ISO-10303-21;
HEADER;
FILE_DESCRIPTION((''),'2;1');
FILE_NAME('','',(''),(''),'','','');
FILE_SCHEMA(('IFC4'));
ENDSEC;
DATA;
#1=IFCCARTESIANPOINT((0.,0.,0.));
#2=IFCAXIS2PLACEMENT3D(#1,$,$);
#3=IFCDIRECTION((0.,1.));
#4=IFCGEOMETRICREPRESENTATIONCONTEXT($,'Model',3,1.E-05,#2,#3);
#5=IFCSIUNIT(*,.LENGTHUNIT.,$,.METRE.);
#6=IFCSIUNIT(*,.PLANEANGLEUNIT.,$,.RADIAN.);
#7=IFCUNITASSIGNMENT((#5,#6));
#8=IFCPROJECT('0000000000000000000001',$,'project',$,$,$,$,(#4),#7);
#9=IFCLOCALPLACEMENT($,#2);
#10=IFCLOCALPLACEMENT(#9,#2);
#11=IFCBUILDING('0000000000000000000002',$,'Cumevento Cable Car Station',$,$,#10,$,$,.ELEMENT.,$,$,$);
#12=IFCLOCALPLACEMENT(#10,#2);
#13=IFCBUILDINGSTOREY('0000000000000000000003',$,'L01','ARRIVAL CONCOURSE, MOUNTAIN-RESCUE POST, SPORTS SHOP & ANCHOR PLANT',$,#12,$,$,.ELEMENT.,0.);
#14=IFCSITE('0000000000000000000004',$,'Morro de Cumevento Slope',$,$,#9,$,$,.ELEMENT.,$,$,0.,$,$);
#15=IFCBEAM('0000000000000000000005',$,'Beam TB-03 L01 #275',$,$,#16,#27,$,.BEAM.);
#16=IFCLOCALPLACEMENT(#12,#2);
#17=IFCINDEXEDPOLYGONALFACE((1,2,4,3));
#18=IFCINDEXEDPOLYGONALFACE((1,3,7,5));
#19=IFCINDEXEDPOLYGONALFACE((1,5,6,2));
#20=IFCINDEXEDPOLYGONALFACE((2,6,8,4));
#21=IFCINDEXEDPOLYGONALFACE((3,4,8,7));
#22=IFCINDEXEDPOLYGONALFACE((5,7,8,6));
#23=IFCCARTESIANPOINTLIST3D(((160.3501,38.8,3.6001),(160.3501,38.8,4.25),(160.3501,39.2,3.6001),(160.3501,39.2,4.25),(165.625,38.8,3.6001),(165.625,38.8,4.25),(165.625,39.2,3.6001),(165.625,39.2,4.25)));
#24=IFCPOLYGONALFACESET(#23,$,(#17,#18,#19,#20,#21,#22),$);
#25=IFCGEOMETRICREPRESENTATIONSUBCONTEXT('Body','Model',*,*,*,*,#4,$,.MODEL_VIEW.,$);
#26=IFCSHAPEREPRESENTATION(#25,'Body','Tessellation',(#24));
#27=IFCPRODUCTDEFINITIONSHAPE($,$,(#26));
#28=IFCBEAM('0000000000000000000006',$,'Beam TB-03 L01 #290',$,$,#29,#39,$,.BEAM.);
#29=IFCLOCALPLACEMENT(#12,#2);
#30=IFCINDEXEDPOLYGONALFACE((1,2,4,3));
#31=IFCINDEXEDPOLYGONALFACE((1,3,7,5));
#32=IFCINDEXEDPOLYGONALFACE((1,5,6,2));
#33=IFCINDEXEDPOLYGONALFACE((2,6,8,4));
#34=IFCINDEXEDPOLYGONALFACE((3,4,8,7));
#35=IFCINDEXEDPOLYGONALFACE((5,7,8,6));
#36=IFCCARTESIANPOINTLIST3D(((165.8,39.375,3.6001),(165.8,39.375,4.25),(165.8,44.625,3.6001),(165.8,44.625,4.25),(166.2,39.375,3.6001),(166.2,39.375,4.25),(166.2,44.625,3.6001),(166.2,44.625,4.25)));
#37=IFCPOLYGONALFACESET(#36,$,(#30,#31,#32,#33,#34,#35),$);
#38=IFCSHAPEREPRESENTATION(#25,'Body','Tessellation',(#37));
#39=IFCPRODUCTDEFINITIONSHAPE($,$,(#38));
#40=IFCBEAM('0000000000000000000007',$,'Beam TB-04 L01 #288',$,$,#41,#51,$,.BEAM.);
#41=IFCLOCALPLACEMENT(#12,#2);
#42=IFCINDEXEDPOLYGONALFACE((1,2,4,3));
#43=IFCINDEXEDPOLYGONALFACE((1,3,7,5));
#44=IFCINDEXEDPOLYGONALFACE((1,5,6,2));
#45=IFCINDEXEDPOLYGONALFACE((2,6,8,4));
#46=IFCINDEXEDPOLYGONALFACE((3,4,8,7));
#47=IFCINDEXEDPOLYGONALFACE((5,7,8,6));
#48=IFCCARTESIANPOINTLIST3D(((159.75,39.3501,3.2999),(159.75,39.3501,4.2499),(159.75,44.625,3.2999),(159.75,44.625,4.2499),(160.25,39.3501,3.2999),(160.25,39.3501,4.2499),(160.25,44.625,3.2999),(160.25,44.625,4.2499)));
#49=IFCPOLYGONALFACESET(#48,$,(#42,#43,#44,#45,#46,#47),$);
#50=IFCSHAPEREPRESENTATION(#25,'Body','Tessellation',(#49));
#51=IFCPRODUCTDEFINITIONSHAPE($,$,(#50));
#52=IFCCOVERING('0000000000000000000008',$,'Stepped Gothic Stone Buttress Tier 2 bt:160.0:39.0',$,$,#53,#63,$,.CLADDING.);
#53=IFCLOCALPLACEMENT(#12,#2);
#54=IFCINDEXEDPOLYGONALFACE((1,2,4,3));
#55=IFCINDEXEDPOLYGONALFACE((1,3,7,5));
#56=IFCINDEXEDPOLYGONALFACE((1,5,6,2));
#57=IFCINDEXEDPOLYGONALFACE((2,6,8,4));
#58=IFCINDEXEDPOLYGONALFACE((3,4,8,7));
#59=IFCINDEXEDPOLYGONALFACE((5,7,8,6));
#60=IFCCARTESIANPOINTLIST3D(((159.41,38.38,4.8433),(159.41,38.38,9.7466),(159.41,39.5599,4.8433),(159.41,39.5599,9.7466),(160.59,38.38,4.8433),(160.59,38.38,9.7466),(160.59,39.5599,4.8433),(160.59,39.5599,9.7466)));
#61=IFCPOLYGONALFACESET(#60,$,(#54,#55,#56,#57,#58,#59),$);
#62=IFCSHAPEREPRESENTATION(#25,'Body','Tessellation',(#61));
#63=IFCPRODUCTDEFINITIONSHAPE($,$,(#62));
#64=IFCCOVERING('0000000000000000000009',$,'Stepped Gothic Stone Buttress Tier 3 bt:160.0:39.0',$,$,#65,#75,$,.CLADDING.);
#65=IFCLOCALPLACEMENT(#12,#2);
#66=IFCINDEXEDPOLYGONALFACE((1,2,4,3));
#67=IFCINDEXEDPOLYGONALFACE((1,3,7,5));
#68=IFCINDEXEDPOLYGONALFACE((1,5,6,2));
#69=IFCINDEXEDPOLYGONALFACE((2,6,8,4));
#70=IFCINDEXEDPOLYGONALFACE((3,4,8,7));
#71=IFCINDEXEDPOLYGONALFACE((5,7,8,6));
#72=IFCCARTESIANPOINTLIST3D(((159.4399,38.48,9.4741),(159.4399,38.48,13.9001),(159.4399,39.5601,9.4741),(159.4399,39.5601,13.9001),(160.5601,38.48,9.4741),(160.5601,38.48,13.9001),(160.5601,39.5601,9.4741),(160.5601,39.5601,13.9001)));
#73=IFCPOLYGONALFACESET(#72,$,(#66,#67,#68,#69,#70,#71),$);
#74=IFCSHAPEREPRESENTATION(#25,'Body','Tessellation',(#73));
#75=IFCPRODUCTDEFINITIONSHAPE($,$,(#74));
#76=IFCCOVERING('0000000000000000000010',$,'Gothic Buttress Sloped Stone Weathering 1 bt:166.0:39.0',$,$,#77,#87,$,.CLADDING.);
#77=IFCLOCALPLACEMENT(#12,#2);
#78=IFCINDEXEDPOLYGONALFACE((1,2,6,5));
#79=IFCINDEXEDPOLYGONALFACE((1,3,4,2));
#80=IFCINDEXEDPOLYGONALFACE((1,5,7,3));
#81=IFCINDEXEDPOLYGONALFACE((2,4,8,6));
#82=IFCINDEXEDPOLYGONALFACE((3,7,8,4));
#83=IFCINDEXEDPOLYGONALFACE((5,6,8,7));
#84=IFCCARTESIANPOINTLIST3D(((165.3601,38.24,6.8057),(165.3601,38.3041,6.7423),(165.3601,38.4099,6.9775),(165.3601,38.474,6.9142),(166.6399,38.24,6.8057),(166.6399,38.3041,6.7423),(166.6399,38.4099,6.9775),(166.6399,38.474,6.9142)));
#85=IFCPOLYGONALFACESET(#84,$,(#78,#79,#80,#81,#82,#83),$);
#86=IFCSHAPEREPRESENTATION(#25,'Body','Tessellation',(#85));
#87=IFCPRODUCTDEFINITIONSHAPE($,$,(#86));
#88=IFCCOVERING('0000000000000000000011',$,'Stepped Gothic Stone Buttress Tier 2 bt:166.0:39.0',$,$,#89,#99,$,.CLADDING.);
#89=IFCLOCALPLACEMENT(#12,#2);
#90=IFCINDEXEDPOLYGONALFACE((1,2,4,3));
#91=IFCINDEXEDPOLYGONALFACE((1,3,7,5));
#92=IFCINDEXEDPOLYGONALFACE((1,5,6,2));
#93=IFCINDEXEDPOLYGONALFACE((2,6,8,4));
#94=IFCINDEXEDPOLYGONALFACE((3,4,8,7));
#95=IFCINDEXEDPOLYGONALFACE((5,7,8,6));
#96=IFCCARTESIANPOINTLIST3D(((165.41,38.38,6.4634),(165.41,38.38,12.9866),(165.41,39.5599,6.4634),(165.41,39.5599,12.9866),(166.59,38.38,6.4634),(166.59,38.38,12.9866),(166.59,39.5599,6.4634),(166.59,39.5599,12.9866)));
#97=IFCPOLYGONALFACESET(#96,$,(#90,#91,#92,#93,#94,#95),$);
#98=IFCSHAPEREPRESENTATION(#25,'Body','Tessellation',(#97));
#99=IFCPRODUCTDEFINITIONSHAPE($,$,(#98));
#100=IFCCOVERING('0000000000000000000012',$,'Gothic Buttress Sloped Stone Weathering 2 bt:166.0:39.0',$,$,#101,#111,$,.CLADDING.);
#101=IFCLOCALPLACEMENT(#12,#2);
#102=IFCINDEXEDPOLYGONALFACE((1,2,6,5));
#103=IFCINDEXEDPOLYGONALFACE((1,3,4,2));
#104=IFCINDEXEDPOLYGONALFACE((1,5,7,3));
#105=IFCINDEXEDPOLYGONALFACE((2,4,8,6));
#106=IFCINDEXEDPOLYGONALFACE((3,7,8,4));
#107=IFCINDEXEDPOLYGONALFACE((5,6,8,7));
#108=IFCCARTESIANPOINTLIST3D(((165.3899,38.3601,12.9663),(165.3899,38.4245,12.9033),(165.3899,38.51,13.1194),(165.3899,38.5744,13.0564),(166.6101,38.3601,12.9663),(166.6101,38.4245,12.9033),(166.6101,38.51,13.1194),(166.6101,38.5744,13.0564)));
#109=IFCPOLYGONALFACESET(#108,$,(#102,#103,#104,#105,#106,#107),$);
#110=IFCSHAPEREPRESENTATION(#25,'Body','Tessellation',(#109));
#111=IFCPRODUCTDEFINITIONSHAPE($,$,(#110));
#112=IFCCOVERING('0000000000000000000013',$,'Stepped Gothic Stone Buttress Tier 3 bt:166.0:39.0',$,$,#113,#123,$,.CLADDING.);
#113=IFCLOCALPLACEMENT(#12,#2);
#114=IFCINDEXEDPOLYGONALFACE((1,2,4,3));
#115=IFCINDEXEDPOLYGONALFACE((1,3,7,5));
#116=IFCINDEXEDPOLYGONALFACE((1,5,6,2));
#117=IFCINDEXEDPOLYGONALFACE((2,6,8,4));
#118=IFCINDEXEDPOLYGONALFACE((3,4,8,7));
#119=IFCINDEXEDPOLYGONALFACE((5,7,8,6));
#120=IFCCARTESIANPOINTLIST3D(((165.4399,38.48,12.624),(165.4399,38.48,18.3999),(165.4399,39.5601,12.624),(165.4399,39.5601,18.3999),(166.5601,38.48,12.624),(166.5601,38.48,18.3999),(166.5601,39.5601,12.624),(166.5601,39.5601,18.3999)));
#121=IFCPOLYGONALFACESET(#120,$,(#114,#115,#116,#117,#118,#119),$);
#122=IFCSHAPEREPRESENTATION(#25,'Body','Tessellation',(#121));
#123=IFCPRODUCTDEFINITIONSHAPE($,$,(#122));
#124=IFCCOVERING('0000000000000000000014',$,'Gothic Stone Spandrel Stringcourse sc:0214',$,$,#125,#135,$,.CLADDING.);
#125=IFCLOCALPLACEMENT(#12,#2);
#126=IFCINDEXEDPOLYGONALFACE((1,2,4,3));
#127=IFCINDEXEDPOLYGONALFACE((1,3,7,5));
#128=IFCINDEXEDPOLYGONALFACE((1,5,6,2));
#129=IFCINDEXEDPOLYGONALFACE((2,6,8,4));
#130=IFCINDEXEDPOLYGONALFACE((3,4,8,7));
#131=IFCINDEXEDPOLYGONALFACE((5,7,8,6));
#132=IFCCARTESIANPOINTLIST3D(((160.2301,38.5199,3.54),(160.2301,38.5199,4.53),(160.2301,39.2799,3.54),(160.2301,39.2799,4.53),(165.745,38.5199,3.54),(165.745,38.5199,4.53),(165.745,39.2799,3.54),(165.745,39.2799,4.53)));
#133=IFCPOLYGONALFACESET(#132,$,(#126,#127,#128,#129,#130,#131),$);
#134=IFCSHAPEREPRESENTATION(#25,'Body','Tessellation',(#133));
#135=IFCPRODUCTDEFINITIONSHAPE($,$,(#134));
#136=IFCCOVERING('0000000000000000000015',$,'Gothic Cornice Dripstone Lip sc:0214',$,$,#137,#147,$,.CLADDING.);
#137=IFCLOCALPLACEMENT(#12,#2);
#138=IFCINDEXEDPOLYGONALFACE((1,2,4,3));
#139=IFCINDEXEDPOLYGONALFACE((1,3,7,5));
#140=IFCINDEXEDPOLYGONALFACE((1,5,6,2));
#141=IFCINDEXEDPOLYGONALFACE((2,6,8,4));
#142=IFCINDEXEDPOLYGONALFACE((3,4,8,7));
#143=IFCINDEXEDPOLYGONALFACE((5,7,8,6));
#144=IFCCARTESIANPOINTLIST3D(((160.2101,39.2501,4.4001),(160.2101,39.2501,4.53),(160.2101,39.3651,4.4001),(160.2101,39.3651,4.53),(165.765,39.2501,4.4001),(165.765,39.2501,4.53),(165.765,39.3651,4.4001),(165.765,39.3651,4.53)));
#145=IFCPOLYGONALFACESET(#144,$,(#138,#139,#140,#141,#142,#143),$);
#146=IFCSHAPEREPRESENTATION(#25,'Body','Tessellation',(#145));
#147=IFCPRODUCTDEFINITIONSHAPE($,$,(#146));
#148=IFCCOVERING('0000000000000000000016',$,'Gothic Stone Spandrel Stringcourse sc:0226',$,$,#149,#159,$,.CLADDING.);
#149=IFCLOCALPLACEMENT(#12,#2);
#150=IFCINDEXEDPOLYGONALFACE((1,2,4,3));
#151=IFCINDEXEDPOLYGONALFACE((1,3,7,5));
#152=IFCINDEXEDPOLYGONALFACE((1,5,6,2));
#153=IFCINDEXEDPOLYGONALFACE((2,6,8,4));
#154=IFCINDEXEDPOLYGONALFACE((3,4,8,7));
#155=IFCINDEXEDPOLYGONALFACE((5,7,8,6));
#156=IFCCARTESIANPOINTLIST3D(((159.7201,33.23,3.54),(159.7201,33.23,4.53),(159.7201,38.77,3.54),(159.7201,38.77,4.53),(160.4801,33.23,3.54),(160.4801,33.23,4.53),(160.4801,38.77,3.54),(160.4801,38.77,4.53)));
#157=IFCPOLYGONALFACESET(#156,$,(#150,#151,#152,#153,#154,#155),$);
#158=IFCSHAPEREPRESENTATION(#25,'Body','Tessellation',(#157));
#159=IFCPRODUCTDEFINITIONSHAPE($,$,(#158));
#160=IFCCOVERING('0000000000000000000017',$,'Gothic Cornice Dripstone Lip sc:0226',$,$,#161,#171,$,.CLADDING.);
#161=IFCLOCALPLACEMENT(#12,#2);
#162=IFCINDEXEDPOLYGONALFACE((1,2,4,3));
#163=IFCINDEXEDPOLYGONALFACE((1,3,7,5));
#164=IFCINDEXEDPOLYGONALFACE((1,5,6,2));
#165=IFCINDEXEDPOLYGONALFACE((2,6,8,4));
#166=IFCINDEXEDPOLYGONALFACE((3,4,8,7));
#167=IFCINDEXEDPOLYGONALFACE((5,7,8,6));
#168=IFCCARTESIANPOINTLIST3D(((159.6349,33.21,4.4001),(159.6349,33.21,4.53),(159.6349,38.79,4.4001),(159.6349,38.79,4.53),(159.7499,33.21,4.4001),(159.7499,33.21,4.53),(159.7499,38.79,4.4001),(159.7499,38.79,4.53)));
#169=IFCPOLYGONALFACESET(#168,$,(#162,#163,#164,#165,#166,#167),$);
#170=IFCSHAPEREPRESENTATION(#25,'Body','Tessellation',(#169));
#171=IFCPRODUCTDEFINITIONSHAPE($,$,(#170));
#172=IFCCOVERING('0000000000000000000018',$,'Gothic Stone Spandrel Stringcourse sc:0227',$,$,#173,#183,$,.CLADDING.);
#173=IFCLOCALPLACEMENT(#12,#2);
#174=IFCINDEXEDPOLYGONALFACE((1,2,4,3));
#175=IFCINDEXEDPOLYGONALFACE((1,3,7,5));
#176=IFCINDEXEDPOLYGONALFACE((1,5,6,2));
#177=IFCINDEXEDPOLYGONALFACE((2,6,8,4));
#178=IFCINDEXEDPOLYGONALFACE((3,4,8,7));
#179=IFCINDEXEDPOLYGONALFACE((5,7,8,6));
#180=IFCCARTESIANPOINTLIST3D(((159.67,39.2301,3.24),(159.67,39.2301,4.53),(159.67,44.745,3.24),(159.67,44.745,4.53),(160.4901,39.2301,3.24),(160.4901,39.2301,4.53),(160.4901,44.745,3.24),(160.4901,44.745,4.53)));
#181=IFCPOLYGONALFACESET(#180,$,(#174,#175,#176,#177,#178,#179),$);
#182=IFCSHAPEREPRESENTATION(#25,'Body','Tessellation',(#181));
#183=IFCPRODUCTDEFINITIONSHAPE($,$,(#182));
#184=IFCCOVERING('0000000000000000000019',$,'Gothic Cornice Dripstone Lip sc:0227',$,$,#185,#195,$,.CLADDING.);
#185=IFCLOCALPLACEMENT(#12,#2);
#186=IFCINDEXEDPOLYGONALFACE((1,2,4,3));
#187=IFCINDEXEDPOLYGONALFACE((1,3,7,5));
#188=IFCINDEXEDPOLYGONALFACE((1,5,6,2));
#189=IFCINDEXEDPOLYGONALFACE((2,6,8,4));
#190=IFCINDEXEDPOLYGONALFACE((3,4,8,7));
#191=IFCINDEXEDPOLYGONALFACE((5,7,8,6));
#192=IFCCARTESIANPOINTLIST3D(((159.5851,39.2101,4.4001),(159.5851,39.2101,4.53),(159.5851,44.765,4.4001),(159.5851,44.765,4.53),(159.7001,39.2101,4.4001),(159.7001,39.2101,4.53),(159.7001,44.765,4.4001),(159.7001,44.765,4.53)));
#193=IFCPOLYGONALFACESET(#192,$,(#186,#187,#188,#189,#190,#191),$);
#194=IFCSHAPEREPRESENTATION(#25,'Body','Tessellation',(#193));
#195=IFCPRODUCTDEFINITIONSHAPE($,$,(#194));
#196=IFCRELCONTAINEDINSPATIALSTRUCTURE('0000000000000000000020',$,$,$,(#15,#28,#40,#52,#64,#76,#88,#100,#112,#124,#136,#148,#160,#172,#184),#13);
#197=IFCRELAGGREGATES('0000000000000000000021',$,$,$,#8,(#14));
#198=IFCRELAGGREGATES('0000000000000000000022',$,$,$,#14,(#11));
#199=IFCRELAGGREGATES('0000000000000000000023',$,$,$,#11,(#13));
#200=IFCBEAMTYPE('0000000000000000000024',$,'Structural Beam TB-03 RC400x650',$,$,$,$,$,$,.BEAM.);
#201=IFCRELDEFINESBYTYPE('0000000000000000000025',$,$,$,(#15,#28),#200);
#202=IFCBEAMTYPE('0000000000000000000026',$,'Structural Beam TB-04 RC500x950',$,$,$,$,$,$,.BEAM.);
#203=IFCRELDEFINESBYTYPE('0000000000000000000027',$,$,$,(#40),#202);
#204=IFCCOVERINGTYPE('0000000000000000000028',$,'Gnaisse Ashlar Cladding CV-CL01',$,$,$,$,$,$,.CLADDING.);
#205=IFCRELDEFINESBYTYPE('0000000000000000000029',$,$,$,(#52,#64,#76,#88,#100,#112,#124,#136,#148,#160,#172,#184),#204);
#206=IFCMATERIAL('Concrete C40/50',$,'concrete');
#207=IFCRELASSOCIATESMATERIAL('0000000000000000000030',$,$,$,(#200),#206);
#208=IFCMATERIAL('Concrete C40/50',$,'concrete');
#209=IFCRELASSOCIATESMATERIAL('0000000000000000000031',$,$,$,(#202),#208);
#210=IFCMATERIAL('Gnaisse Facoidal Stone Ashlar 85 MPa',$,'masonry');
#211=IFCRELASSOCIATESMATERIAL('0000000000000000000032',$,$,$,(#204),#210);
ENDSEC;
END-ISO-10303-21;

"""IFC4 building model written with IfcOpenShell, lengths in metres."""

from ifc_helpers import new_model, si_unit, direction, frame, origin, origin_2d, place, context, subcontext, project, spatial, polyline, rectangle, outline, extrude, material, material_profile, profile_set, type_object, element, save


model = new_model("IFC4")

# Units and contexts
model_context = context("Model", 3, precision=1e-05, world=origin(), true_north=direction((0.0, 1.0)))
body_context = subcontext(model_context, "Body", "Model", "MODEL_VIEW")
ifc_project = project(units=[si_unit("LENGTHUNIT", "METRE"), si_unit("PLANEANGLEUNIT", "RADIAN")], contexts=[model_context])

# Site, building, storey
site_placement = place(None, origin())
site = spatial("IfcSite", under=ifc_project, at=site_placement, Name="Morro de Cumevento Slope", CompositionType="ELEMENT", RefElevation=0.0)
building_placement = place(site_placement, origin())
building = spatial("IfcBuilding", under=site, at=building_placement, Name="Cumevento Cable Car Station", CompositionType="ELEMENT")
storey_placement = place(building_placement, origin())
storey = spatial("IfcBuildingStorey", under=building, at=storey_placement, Name="L01", Description="ARRIVAL CONCOURSE, MOUNTAIN-RESCUE POST, SPORTS SHOP & ANCHOR PLANT", CompositionType="ELEMENT", Elevation=0.0)

# Beams
ifc_material_1 = material(Name="Concrete C40/50", Category="concrete")
ifc_material_profile_1 = material_profile(ifc_material_1, rectangle(XDim=0.3999, YDim=0.6499, at=origin_2d()), Name="RC400x650")
ifc_profile_set_1 = profile_set([ifc_material_profile_1], Name="Concrete C40/50")
beam_type_1 = type_object("IfcBeamType", Name="Structural Beam TB-03 RC400x650", PredefinedType="BEAM", material=ifc_profile_set_1)
beam_1_placement = place(storey_placement, frame((160.3501, 39.0, 3.925), z_axis=(1.0, 0.0, 0.0), x_axis=(0.0, 1.0, 0.0)))
element("IfcBeam", 1, at=beam_1_placement, inside=storey, type_object=beam_type_1, Name="Beam TB-03 L01 #275", PredefinedType="BEAM", context=body_context, shape_type="SweptSolid", body=[
    extrude(rectangle(XDim=0.3999, YDim=0.6499, at=origin_2d()), origin(), (0.0, 0.0, 1.0), 5.2749),
])
beam_2_placement = place(storey_placement, frame((166.0, 39.375, 3.925), z_axis=(0.0, 1.0, 0.0), x_axis=(-1.0, 0.0, 0.0)))
element("IfcBeam", 2, at=beam_2_placement, inside=storey, type_object=beam_type_1, Name="Beam TB-03 L01 #290", PredefinedType="BEAM", context=body_context, shape_type="SweptSolid", body=[
    extrude(rectangle(XDim=0.3999, YDim=0.6499, at=origin_2d()), origin(), (0.0, 0.0, 1.0), 5.25),
])
ifc_material_2 = material(Name="Concrete C40/50", Category="concrete")
ifc_material_profile_2 = material_profile(ifc_material_2, rectangle(XDim=0.5, YDim=0.95, at=origin_2d()), Name="RC500x950")
ifc_profile_set_2 = profile_set([ifc_material_profile_2], Name="Concrete C40/50")
beam_type_2 = type_object("IfcBeamType", Name="Structural Beam TB-04 RC500x950", PredefinedType="BEAM", material=ifc_profile_set_2)
beam_3_placement = place(storey_placement, frame((160.0, 39.3501, 3.7749), z_axis=(0.0, 1.0, 0.0), x_axis=(-1.0, 0.0, 0.0)))
element("IfcBeam", 3, at=beam_3_placement, inside=storey, type_object=beam_type_2, Name="Beam TB-04 L01 #288", PredefinedType="BEAM", context=body_context, shape_type="SweptSolid", body=[
    extrude(rectangle(XDim=0.5, YDim=0.95, at=origin_2d()), origin(), (0.0, 0.0, 1.0), 5.2749),
])

# Coverings
ifc_material_3 = material(Name="Gnaisse Facoidal Stone Ashlar 85 MPa", Category="masonry")
covering_type = type_object("IfcCoveringType", Name="Gnaisse Ashlar Cladding CV-CL01", PredefinedType="CLADDING", material=ifc_material_3)
covering_1_placement = place(storey_placement, frame((160.0, 38.97, 4.8433), z_axis=(0.0, 0.0, 1.0), x_axis=(1.0, 0.0, 0.0)))
element("IfcCovering", 4, at=covering_1_placement, inside=storey, type_object=covering_type, Name="Stepped Gothic Stone Buttress Tier 2 bt:160.0:39.0", PredefinedType="CLADDING", context=body_context, shape_type="SweptSolid", body=[
    extrude(rectangle(XDim=1.1799, YDim=1.1799, at=origin_2d()), origin(), (0.0, 0.0, 1.0), 4.9033),
])
covering_2_placement = place(storey_placement, frame((160.0, 39.02, 9.4741), z_axis=(0.0, 0.0, 1.0), x_axis=(1.0, 0.0, 0.0)))
element("IfcCovering", 5, at=covering_2_placement, inside=storey, type_object=covering_type, Name="Stepped Gothic Stone Buttress Tier 3 bt:160.0:39.0", PredefinedType="CLADDING", context=body_context, shape_type="SweptSolid", body=[
    extrude(rectangle(XDim=1.1201, YDim=1.0801, at=origin_2d()), origin(), (0.0, 0.0, 1.0), 4.426),
])
covering_3_placement = place(storey_placement, frame((165.3601, 38.24, 6.8057), z_axis=(0.0, -0.711136, 0.703055), x_axis=(1.0, 0.0, 0.0)))
element("IfcCovering", 6, at=covering_3_placement, inside=storey, type_object=covering_type, Name="Gothic Buttress Sloped Stone Weathering 1 bt:166.0:39.0", PredefinedType="CLADDING", context=body_context, shape_type="SweptSolid", body=[
    extrude(outline(polyline([(0.0, 0.0), (1.2798, 0.0), (1.2798, 0.2417), (0.0, 0.2417), (0.0, 0.0)])), origin(), (0.0, 0.0, -1.0), 0.0901),
])
covering_4_placement = place(storey_placement, frame((166.0, 38.97, 6.4634), z_axis=(0.0, 0.0, 1.0), x_axis=(1.0, 0.0, 0.0)))
element("IfcCovering", 7, at=covering_4_placement, inside=storey, type_object=covering_type, Name="Stepped Gothic Stone Buttress Tier 2 bt:166.0:39.0", PredefinedType="CLADDING", context=body_context, shape_type="SweptSolid", body=[
    extrude(rectangle(XDim=1.1799, YDim=1.1799, at=origin_2d()), origin(), (0.0, 0.0, 1.0), 6.5232),
])
covering_5_placement = place(storey_placement, frame((165.3899, 38.3601, 12.9663), z_axis=(0.0, -0.714475, 0.699661), x_axis=(1.0, 0.0, 0.0)))
element("IfcCovering", 8, at=covering_5_placement, inside=storey, type_object=covering_type, Name="Gothic Buttress Sloped Stone Weathering 2 bt:166.0:39.0", PredefinedType="CLADDING", context=body_context, shape_type="SweptSolid", body=[
    extrude(outline(polyline([(0.0, 0.0), (1.2202, 0.0), (1.2202, 0.2142), (0.0, 0.2142), (0.0, 0.0)])), origin(), (0.0, 0.0, -1.0), 0.0901),
])
covering_6_placement = place(storey_placement, frame((166.0, 39.02, 12.624), z_axis=(0.0, 0.0, 1.0), x_axis=(1.0, 0.0, 0.0)))
element("IfcCovering", 9, at=covering_6_placement, inside=storey, type_object=covering_type, Name="Stepped Gothic Stone Buttress Tier 3 bt:166.0:39.0", PredefinedType="CLADDING", context=body_context, shape_type="SweptSolid", body=[
    extrude(rectangle(XDim=1.1201, YDim=1.0801, at=origin_2d()), origin(), (0.0, 0.0, 1.0), 5.7759),
])
covering_7_placement = place(storey_placement, frame((162.9875, 38.8999, 3.54), z_axis=(0.0, 0.0, 1.0), x_axis=(1.0, 0.0, 0.0)))
element("IfcCovering", 10, at=covering_7_placement, inside=storey, type_object=covering_type, Name="Gothic Stone Spandrel Stringcourse sc:0214", PredefinedType="CLADDING", context=body_context, shape_type="SweptSolid", body=[
    extrude(rectangle(XDim=5.5149, YDim=0.76, at=origin_2d()), origin(), (0.0, 0.0, 1.0), 0.99),
])
covering_8_placement = place(storey_placement, frame((162.9875, 39.3076, 4.4001), z_axis=(0.0, 0.0, 1.0), x_axis=(1.0, 0.0, 0.0)))
element("IfcCovering", 11, at=covering_8_placement, inside=storey, type_object=covering_type, Name="Gothic Cornice Dripstone Lip sc:0214", PredefinedType="CLADDING", context=body_context, shape_type="SweptSolid", body=[
    extrude(rectangle(XDim=5.5549, YDim=0.115, at=origin_2d()), origin(), (0.0, 0.0, 1.0), 0.1299),
])
covering_9_placement = place(storey_placement, frame((160.1001, 36.0, 3.54), z_axis=(0.0, 0.0, 1.0), x_axis=(0.0, 1.0, 0.0)))
element("IfcCovering", 12, at=covering_9_placement, inside=storey, type_object=covering_type, Name="Gothic Stone Spandrel Stringcourse sc:0226", PredefinedType="CLADDING", context=body_context, shape_type="SweptSolid", body=[
    extrude(rectangle(XDim=5.54, YDim=0.76, at=origin_2d()), origin(), (0.0, 0.0, 1.0), 0.99),
])
covering_10_placement = place(storey_placement, frame((159.6924, 36.0, 4.4001), z_axis=(0.0, 0.0, 1.0), x_axis=(0.0, 1.0, 0.0)))
element("IfcCovering", 13, at=covering_10_placement, inside=storey, type_object=covering_type, Name="Gothic Cornice Dripstone Lip sc:0226", PredefinedType="CLADDING", context=body_context, shape_type="SweptSolid", body=[
    extrude(rectangle(XDim=5.5801, YDim=0.115, at=origin_2d()), origin(), (0.0, 0.0, 1.0), 0.1299),
])
covering_11_placement = place(storey_placement, frame((160.0801, 41.9875, 3.24), z_axis=(0.0, 0.0, 1.0), x_axis=(0.0, 1.0, 0.0)))
element("IfcCovering", 14, at=covering_11_placement, inside=storey, type_object=covering_type, Name="Gothic Stone Spandrel Stringcourse sc:0227", PredefinedType="CLADDING", context=body_context, shape_type="SweptSolid", body=[
    extrude(rectangle(XDim=5.5149, YDim=0.8201, at=origin_2d()), origin(), (0.0, 0.0, 1.0), 1.29),
])
covering_12_placement = place(storey_placement, frame((159.6426, 41.9875, 4.4001), z_axis=(0.0, 0.0, 1.0), x_axis=(0.0, 1.0, 0.0)))
element("IfcCovering", 15, at=covering_12_placement, inside=storey, type_object=covering_type, Name="Gothic Cornice Dripstone Lip sc:0227", PredefinedType="CLADDING", context=body_context, shape_type="SweptSolid", body=[
    extrude(rectangle(XDim=5.5549, YDim=0.115, at=origin_2d()), origin(), (0.0, 0.0, 1.0), 0.1299),
])

save(model, "model.ifc")
